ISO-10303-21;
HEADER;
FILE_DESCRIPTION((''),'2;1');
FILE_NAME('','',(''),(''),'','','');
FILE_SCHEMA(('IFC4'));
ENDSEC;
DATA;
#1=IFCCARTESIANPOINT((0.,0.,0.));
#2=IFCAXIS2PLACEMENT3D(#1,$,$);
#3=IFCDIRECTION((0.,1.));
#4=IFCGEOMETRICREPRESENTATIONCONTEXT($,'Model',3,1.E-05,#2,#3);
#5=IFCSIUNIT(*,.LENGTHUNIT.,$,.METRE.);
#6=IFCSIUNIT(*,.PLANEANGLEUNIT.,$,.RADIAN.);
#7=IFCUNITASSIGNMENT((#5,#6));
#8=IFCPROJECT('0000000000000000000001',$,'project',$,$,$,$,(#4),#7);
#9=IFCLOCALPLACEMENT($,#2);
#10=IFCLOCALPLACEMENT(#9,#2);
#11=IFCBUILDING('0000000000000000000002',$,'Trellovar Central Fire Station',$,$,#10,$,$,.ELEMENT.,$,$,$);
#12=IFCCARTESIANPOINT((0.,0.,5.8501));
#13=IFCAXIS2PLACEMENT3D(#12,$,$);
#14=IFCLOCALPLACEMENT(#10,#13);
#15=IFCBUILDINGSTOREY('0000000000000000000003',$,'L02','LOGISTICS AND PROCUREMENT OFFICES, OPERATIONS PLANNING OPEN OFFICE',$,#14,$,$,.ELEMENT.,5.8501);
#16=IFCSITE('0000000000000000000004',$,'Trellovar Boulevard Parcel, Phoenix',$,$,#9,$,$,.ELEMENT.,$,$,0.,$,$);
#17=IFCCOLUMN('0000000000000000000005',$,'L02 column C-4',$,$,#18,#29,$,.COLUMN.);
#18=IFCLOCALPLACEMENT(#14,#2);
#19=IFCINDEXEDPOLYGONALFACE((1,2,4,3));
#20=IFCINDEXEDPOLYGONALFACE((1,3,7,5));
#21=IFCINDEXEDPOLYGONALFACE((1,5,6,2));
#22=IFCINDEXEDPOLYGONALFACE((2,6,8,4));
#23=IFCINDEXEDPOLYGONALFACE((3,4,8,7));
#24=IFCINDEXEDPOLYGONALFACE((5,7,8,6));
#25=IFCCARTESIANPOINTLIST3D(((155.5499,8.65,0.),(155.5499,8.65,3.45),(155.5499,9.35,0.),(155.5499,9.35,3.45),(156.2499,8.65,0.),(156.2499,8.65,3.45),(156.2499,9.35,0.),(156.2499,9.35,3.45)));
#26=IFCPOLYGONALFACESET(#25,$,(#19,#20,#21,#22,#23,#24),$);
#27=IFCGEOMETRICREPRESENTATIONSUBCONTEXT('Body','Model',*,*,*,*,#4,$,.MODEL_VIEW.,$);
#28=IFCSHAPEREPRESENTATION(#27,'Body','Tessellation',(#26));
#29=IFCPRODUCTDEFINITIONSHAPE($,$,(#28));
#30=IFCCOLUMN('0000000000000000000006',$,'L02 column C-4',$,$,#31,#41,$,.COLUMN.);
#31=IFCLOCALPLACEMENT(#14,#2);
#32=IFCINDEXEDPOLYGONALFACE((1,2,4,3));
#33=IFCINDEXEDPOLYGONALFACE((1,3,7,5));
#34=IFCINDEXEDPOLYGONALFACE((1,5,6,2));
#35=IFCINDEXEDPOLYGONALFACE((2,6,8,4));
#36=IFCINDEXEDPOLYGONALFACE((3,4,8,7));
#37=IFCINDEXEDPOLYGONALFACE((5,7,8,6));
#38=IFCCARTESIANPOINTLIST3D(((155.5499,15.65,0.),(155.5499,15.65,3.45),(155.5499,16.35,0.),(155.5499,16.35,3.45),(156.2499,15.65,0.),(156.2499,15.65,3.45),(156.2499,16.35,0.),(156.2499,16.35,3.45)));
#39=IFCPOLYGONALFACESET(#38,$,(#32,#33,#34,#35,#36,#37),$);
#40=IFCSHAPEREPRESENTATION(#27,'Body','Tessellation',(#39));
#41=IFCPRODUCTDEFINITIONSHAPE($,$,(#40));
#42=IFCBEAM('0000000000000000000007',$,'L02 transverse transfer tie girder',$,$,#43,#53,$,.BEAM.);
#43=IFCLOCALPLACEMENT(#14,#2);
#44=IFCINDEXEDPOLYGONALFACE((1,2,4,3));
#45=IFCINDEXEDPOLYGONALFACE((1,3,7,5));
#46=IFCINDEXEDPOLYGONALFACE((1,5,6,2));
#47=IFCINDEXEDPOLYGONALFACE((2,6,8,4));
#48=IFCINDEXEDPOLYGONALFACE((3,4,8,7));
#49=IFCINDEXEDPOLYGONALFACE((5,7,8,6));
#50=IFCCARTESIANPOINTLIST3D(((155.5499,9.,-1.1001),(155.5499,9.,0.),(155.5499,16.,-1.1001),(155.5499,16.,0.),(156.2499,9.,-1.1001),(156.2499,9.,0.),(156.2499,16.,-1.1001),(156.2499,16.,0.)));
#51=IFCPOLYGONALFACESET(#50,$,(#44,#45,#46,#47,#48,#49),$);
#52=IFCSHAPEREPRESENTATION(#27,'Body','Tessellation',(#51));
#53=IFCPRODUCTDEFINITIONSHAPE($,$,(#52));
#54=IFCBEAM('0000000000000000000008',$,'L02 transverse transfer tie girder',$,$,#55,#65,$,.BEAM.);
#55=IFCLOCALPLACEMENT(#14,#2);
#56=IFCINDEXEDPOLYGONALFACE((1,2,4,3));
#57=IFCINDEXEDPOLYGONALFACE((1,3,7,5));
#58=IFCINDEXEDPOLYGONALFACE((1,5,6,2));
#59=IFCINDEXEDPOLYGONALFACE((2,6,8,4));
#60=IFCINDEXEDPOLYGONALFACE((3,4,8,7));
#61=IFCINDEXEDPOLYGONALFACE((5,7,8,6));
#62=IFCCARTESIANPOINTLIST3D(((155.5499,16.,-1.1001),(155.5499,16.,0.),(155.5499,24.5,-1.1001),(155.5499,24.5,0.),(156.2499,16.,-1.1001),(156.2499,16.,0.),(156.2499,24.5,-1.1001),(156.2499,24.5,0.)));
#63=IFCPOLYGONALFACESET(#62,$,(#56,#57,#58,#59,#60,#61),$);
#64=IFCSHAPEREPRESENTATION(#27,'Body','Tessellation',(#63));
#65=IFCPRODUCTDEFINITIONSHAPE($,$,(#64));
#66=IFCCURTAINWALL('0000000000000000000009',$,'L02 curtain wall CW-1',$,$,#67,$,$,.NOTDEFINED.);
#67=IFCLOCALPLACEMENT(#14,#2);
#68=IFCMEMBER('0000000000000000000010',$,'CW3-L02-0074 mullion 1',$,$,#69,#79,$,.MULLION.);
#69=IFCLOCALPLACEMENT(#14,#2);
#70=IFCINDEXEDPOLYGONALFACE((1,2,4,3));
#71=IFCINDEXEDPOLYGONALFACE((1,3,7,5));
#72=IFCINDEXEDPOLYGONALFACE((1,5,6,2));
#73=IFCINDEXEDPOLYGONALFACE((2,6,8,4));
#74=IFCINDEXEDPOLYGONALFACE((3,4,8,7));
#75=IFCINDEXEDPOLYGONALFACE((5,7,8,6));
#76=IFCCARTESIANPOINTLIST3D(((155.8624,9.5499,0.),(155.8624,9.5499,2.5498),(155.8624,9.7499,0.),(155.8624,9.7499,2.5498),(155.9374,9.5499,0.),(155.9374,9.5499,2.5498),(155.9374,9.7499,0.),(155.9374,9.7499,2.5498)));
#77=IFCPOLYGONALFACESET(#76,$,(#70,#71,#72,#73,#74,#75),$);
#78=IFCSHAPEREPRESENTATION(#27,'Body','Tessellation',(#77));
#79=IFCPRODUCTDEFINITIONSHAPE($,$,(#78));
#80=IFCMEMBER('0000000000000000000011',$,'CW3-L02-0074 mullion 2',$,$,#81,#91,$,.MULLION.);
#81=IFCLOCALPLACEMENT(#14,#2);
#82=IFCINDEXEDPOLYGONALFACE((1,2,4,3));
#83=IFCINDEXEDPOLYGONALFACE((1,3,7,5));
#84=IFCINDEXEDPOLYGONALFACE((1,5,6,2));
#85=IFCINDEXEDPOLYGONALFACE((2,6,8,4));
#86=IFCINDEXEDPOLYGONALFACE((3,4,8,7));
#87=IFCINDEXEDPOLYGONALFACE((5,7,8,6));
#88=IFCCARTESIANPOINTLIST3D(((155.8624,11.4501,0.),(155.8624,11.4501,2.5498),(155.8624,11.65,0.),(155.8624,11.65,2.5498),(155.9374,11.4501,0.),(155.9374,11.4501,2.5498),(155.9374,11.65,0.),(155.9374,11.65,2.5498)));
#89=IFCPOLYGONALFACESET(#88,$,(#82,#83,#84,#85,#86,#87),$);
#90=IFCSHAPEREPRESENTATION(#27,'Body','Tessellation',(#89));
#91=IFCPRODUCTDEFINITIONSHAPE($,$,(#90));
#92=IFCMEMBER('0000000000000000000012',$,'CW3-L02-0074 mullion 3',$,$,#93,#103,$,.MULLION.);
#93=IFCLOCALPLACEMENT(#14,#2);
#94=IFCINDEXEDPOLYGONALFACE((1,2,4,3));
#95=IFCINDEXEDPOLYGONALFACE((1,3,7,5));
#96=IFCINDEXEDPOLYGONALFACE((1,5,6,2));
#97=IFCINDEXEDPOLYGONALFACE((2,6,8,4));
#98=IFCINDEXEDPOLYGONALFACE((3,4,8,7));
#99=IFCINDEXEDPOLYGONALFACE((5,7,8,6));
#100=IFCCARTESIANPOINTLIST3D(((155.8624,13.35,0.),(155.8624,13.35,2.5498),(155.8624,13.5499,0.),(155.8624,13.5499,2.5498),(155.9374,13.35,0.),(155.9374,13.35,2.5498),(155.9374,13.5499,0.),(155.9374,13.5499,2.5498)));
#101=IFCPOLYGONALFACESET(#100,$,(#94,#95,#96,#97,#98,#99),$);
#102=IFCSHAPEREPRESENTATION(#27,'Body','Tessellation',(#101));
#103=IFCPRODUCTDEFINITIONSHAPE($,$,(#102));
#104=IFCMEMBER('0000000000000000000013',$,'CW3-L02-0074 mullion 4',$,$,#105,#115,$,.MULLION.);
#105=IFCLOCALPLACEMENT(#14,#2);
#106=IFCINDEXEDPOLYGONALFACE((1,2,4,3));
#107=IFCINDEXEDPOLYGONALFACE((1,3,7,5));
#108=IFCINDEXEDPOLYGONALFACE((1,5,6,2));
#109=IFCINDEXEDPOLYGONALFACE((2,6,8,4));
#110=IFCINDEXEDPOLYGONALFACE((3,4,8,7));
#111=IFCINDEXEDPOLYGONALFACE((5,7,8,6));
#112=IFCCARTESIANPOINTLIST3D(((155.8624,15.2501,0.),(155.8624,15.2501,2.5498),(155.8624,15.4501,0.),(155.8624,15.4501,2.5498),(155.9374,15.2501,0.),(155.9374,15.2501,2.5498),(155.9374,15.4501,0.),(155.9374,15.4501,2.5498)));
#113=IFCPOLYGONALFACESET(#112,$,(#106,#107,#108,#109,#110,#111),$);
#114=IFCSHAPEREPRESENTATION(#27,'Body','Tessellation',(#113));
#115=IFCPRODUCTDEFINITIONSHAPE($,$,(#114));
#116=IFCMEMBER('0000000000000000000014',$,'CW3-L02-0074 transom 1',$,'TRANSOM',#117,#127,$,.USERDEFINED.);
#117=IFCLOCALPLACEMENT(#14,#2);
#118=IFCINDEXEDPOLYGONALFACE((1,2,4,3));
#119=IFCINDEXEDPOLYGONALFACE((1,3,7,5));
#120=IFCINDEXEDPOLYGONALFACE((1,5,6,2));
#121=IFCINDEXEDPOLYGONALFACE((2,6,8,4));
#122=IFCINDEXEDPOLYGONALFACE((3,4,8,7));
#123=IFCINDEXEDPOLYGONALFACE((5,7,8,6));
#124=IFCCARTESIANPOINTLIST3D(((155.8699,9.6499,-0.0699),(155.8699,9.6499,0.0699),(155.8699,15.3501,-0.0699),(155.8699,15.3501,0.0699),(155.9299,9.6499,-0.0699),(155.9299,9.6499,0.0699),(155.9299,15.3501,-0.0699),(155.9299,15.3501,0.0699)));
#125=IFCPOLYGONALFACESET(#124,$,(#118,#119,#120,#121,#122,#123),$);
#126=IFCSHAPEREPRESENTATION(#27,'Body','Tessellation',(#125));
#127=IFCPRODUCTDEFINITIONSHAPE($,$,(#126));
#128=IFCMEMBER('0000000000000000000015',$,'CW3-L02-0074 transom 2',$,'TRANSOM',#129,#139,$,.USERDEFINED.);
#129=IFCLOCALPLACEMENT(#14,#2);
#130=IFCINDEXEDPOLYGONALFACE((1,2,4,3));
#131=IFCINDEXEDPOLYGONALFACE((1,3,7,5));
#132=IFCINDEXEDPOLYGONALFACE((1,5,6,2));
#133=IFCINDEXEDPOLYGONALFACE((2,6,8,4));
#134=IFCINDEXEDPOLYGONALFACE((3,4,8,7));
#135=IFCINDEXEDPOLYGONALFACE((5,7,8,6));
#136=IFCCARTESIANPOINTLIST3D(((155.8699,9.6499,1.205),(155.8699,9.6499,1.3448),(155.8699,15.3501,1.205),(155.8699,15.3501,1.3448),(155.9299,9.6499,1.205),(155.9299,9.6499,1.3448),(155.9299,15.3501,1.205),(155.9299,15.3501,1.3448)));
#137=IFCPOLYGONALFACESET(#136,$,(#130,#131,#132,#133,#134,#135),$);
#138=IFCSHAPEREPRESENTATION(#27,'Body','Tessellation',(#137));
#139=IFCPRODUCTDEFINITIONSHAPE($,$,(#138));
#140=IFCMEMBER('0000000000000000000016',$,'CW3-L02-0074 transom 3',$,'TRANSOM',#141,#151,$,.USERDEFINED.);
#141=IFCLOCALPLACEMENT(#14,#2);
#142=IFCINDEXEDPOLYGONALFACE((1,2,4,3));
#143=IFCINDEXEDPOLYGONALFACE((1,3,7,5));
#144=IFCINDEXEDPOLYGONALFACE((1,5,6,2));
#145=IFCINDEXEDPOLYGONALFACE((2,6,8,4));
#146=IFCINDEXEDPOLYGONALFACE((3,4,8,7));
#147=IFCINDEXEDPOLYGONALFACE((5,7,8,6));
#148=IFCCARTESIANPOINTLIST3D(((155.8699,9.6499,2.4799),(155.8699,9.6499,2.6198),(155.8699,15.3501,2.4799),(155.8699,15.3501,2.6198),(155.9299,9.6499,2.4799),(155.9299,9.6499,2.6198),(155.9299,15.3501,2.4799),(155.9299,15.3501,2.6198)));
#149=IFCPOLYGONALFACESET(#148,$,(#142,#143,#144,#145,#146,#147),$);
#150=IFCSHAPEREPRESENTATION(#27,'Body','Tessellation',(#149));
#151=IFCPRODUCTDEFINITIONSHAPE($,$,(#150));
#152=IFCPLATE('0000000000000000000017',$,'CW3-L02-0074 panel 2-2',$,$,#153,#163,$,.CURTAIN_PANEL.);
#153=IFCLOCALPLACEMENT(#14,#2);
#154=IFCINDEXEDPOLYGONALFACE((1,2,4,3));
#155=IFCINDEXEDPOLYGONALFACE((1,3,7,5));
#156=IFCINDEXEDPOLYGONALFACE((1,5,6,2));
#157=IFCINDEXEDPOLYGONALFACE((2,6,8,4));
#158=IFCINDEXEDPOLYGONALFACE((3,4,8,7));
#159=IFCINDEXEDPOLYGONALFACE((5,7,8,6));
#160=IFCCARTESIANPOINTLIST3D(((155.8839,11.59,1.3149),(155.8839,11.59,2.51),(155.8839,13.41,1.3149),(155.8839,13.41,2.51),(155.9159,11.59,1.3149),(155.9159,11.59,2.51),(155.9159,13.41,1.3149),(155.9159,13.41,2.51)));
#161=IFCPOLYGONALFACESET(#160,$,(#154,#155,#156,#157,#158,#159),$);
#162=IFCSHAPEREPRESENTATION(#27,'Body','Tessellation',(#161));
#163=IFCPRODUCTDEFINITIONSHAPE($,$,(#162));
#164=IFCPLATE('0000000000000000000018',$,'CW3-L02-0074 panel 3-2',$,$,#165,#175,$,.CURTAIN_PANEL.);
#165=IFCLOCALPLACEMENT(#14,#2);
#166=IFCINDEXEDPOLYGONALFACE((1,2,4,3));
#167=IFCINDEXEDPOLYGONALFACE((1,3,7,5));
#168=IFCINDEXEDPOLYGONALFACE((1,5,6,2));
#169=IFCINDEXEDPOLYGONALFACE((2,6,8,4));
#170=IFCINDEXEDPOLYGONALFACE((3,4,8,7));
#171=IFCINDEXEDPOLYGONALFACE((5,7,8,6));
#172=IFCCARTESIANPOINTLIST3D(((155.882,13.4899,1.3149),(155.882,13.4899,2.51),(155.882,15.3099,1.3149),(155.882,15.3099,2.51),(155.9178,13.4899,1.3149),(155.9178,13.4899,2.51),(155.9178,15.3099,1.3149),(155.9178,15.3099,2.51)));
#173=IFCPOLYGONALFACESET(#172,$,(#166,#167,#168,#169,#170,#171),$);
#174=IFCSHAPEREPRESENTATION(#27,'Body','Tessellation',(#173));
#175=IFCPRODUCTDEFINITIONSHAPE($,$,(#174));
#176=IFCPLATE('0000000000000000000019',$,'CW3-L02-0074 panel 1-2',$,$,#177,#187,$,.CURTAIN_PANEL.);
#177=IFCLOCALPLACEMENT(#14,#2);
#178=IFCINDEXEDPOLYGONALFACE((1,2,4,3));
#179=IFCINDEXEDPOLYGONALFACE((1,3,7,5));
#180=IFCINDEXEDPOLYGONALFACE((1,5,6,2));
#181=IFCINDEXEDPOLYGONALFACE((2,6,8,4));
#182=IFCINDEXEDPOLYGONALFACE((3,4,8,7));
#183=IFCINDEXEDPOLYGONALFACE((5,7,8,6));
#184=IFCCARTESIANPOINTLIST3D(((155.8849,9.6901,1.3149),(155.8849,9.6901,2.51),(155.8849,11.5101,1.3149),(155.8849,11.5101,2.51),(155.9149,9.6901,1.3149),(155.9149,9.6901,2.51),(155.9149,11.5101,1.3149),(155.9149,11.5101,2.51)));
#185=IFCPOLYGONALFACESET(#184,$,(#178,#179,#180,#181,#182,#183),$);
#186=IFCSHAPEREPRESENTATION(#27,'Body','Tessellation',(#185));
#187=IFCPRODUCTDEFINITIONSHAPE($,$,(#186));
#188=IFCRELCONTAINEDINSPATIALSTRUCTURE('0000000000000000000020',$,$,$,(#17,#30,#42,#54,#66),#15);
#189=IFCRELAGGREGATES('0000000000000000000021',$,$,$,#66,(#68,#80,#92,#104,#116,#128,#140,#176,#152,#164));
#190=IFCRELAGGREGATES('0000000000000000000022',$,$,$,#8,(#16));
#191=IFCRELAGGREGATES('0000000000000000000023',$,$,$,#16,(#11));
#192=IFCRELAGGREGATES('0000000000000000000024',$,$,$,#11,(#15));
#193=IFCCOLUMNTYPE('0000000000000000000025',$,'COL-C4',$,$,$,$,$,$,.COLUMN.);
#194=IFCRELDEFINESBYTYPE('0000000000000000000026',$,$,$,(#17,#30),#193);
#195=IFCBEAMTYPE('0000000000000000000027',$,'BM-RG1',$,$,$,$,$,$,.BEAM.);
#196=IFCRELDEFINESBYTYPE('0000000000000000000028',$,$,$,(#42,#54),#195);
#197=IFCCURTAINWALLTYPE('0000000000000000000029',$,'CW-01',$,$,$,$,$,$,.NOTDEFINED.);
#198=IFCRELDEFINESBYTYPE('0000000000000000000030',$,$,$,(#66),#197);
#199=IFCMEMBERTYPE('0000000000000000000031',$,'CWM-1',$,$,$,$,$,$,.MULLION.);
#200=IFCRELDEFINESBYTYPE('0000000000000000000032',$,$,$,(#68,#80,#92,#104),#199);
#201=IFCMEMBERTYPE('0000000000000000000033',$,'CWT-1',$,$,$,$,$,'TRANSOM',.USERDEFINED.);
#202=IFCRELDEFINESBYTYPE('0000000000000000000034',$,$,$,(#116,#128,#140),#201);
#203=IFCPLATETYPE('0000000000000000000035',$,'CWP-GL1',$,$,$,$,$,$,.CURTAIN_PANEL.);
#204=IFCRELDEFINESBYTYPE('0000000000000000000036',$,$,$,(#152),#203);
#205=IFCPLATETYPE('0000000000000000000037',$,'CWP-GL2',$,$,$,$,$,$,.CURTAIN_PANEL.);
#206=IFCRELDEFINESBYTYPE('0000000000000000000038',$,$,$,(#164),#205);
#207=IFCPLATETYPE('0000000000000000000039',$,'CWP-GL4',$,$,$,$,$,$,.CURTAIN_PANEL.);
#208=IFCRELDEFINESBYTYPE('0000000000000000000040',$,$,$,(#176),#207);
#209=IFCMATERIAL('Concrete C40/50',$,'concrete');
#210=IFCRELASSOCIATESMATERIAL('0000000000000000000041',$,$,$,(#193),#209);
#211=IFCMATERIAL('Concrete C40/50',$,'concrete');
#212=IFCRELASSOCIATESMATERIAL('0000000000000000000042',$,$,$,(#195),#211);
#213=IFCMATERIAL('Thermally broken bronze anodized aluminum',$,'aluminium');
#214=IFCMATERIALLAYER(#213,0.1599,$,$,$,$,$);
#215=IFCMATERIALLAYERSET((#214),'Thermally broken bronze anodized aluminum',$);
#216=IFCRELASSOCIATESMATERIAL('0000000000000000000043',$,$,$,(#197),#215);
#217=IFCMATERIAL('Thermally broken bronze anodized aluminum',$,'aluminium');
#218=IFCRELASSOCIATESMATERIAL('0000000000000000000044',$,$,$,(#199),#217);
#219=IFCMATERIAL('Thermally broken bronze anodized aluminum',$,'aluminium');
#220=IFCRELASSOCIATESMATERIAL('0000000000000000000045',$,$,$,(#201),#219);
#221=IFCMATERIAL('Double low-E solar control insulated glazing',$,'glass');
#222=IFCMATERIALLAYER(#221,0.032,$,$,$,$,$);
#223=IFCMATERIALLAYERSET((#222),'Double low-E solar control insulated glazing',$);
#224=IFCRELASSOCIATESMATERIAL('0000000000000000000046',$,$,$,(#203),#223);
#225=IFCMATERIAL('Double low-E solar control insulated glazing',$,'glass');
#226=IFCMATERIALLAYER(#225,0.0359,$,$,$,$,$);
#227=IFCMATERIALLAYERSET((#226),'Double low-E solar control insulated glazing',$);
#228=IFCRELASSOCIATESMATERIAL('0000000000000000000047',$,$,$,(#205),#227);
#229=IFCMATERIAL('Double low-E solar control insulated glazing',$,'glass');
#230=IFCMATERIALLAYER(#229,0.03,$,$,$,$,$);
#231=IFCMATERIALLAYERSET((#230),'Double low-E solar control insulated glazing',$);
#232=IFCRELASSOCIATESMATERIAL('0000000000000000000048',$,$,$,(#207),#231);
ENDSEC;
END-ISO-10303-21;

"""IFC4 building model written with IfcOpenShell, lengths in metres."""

from ifc_helpers import new_model, si_unit, direction, frame, origin, origin_2d, place, context, subcontext, project, spatial, rectangle, extrude, material, layer, layer_set, material_profile, profile_set, type_object, element, aggregate, save


model = new_model("IFC4")

# Units and contexts
model_context = context("Model", 3, precision=1e-05, world=origin(), true_north=direction((0.0, 1.0)))
body_context = subcontext(model_context, "Body", "Model", "MODEL_VIEW")
ifc_project = project(units=[si_unit("LENGTHUNIT", "METRE"), si_unit("PLANEANGLEUNIT", "RADIAN")], contexts=[model_context])

# Site, building, storey
site_placement = place(None, origin())
site = spatial("IfcSite", under=ifc_project, at=site_placement, Name="Trellovar Boulevard Parcel, Phoenix", CompositionType="ELEMENT", RefElevation=0.0)
building_placement = place(site_placement, origin())
building = spatial("IfcBuilding", under=site, at=building_placement, Name="Trellovar Central Fire Station", CompositionType="ELEMENT")
storey_placement = place(building_placement, frame((0.0, 0.0, 5.8501)))
storey = spatial("IfcBuildingStorey", under=building, at=storey_placement, Name="L02", Description="LOGISTICS AND PROCUREMENT OFFICES, OPERATIONS PLANNING OPEN OFFICE", CompositionType="ELEMENT", Elevation=5.8501)

# Columns
ifc_material_1 = material(Name="Concrete C40/50", Category="concrete")
ifc_material_profile_1 = material_profile(ifc_material_1, rectangle(XDim=0.7, YDim=0.7, at=origin_2d()), Name="RC700X700")
ifc_profile_set_1 = profile_set([ifc_material_profile_1], Name="Concrete C40/50")
column_type = type_object("IfcColumnType", Name="COL-C4", PredefinedType="COLUMN", material=ifc_profile_set_1)
for number, where, z_axis, x_axis, name in (
    (1, (155.8999, 9.0, 0.0), (0.0, 0.0, 1.0), (1.0, 0.0, 0.0), "L02 column C-4"),
    (2, (155.8999, 16.0, 0.0), (0.0, 0.0, 1.0), (1.0, 0.0, 0.0), "L02 column C-4"),
):
    element("IfcColumn", number, at=place(storey_placement, frame(where, z_axis=z_axis, x_axis=x_axis)), inside=storey, type_object=column_type, Name=name, PredefinedType="COLUMN", context=body_context, shape_type="SweptSolid", body=[
        extrude(rectangle(XDim=0.7, YDim=0.7, at=origin_2d()), origin(), (0.0, 0.0, 1.0), 3.45),
    ])

# Beams
ifc_material_2 = material(Name="Concrete C40/50", Category="concrete")
ifc_material_profile_2 = material_profile(ifc_material_2, rectangle(XDim=0.7, YDim=1.1001, at=origin_2d()), Name="RC700X1100")
ifc_profile_set_2 = profile_set([ifc_material_profile_2], Name="Concrete C40/50")
beam_type = type_object("IfcBeamType", Name="BM-RG1", PredefinedType="BEAM", material=ifc_profile_set_2)
beam_1_placement = place(storey_placement, frame((155.8999, 9.0, -0.55), z_axis=(0.0, 1.0, 0.0), x_axis=(-1.0, 0.0, 0.0)))
element("IfcBeam", 3, at=beam_1_placement, inside=storey, type_object=beam_type, Name="L02 transverse transfer tie girder", PredefinedType="BEAM", context=body_context, shape_type="SweptSolid", body=[
    extrude(rectangle(XDim=0.7, YDim=1.1001, at=origin_2d()), origin(), (0.0, 0.0, 1.0), 7.0),
])
beam_2_placement = place(storey_placement, frame((155.8999, 16.0, -0.55), z_axis=(0.0, 1.0, 0.0), x_axis=(-1.0, 0.0, 0.0)))
element("IfcBeam", 4, at=beam_2_placement, inside=storey, type_object=beam_type, Name="L02 transverse transfer tie girder", PredefinedType="BEAM", context=body_context, shape_type="SweptSolid", body=[
    extrude(rectangle(XDim=0.7, YDim=1.1001, at=origin_2d()), origin(), (0.0, 0.0, 1.0), 8.5),
])

# Curtain wall, members, plates
ifc_material_3 = material(Name="Thermally broken bronze anodized aluminum", Category="aluminium")
ifc_layer_1 = layer(ifc_material_3, 0.1599)
ifc_layer_set_1 = layer_set([ifc_layer_1], Name="Thermally broken bronze anodized aluminum")
curtain_wall_type = type_object("IfcCurtainWallType", Name="CW-01", PredefinedType="NOTDEFINED", material=ifc_layer_set_1)
curtain_wall_placement = place(storey_placement, origin())
curtain_wall = element("IfcCurtainWall", 5, at=curtain_wall_placement, inside=storey, type_object=curtain_wall_type, Name="L02 curtain wall CW-1", PredefinedType="NOTDEFINED")
ifc_material_4 = material(Name="Thermally broken bronze anodized aluminum", Category="aluminium")
ifc_material_profile_3 = material_profile(ifc_material_4, rectangle(XDim=0.075, YDim=0.2, at=origin_2d()), Name="ALU75X200")
ifc_profile_set_3 = profile_set([ifc_material_profile_3], Name="Thermally broken bronze anodized aluminum")
member_type_1 = type_object("IfcMemberType", Name="CWM-1", PredefinedType="MULLION", material=ifc_profile_set_3)
member_1_placement = place(storey_placement, frame((155.8999, 9.6499, 0.0), z_axis=(0.0, 0.0, 1.0), x_axis=(1.0, 0.0, 0.0)))
member_1 = element("IfcMember", 6, at=member_1_placement, type_object=member_type_1, Name="CW3-L02-0074 mullion 1", PredefinedType="MULLION", context=body_context, shape_type="SweptSolid", body=[
    extrude(rectangle(XDim=0.075, YDim=0.2, at=origin_2d()), origin(), (0.0, 0.0, 1.0), 2.5498),
])
member_2_placement = place(storey_placement, frame((155.8999, 11.55, 0.0), z_axis=(0.0, 0.0, 1.0), x_axis=(1.0, 0.0, 0.0)))
member_2 = element("IfcMember", 7, at=member_2_placement, type_object=member_type_1, Name="CW3-L02-0074 mullion 2", PredefinedType="MULLION", context=body_context, shape_type="SweptSolid", body=[
    extrude(rectangle(XDim=0.075, YDim=0.2, at=origin_2d()), origin(), (0.0, 0.0, 1.0), 2.5498),
])
member_3_placement = place(storey_placement, frame((155.8999, 13.45, 0.0), z_axis=(0.0, 0.0, 1.0), x_axis=(1.0, 0.0, 0.0)))
member_3 = element("IfcMember", 8, at=member_3_placement, type_object=member_type_1, Name="CW3-L02-0074 mullion 3", PredefinedType="MULLION", context=body_context, shape_type="SweptSolid", body=[
    extrude(rectangle(XDim=0.075, YDim=0.2, at=origin_2d()), origin(), (0.0, 0.0, 1.0), 2.5498),
])
member_4_placement = place(storey_placement, frame((155.8999, 15.3501, 0.0), z_axis=(0.0, 0.0, 1.0), x_axis=(1.0, 0.0, 0.0)))
member_4 = element("IfcMember", 9, at=member_4_placement, type_object=member_type_1, Name="CW3-L02-0074 mullion 4", PredefinedType="MULLION", context=body_context, shape_type="SweptSolid", body=[
    extrude(rectangle(XDim=0.075, YDim=0.2, at=origin_2d()), origin(), (0.0, 0.0, 1.0), 2.5498),
])
ifc_material_5 = material(Name="Thermally broken bronze anodized aluminum", Category="aluminium")
ifc_material_profile_4 = material_profile(ifc_material_5, rectangle(XDim=0.0601, YDim=0.1399, at=origin_2d()), Name="ALU60X140")
ifc_profile_set_4 = profile_set([ifc_material_profile_4], Name="Thermally broken bronze anodized aluminum")
member_type_2 = type_object("IfcMemberType", Name="CWT-1", ElementType="TRANSOM", PredefinedType="USERDEFINED", material=ifc_profile_set_4)
member_5_placement = place(storey_placement, frame((155.8999, 9.6499, 0.0), z_axis=(0.0, 1.0, 0.0), x_axis=(-1.0, 0.0, 0.0)))
member_5 = element("IfcMember", 10, at=member_5_placement, type_object=member_type_2, Name="CW3-L02-0074 transom 1", ObjectType="TRANSOM", PredefinedType="USERDEFINED", context=body_context, shape_type="SweptSolid", body=[
    extrude(rectangle(XDim=0.0601, YDim=0.1399, at=origin_2d()), origin(), (0.0, 0.0, 1.0), 5.7002),
])
member_6_placement = place(storey_placement, frame((155.8999, 9.6499, 1.2749), z_axis=(0.0, 1.0, 0.0), x_axis=(-1.0, 0.0, 0.0)))
member_6 = element("IfcMember", 11, at=member_6_placement, type_object=member_type_2, Name="CW3-L02-0074 transom 2", ObjectType="TRANSOM", PredefinedType="USERDEFINED", context=body_context, shape_type="SweptSolid", body=[
    extrude(rectangle(XDim=0.0601, YDim=0.1399, at=origin_2d()), origin(), (0.0, 0.0, 1.0), 5.7002),
])
member_7_placement = place(storey_placement, frame((155.8999, 9.6499, 2.5498), z_axis=(0.0, 1.0, 0.0), x_axis=(-1.0, 0.0, 0.0)))
member_7 = element("IfcMember", 12, at=member_7_placement, type_object=member_type_2, Name="CW3-L02-0074 transom 3", ObjectType="TRANSOM", PredefinedType="USERDEFINED", context=body_context, shape_type="SweptSolid", body=[
    extrude(rectangle(XDim=0.0601, YDim=0.1399, at=origin_2d()), origin(), (0.0, 0.0, 1.0), 5.7002),
])
ifc_material_6 = material(Name="Double low-E solar control insulated glazing", Category="glass")
ifc_layer_2 = layer(ifc_material_6, 0.032)
ifc_layer_set_2 = layer_set([ifc_layer_2], Name="Double low-E solar control insulated glazing")
plate_type_1 = type_object("IfcPlateType", Name="CWP-GL1", PredefinedType="CURTAIN_PANEL", material=ifc_layer_set_2)
plate_1_placement = place(storey_placement, frame((155.8999, 12.5, 1.3149), z_axis=(0.0, 0.0, 1.0), x_axis=(0.0, 1.0, 0.0)))
plate_1 = element("IfcPlate", 13, at=plate_1_placement, type_object=plate_type_1, Name="CW3-L02-0074 panel 2-2", PredefinedType="CURTAIN_PANEL", context=body_context, shape_type="SweptSolid", body=[
    extrude(rectangle(XDim=1.8201, YDim=0.032, at=origin_2d()), origin(), (0.0, 0.0, 1.0), 1.1951),
])
ifc_material_7 = material(Name="Double low-E solar control insulated glazing", Category="glass")
ifc_layer_3 = layer(ifc_material_7, 0.0359)
ifc_layer_set_3 = layer_set([ifc_layer_3], Name="Double low-E solar control insulated glazing")
plate_type_2 = type_object("IfcPlateType", Name="CWP-GL2", PredefinedType="CURTAIN_PANEL", material=ifc_layer_set_3)
plate_2_placement = place(storey_placement, frame((155.8999, 14.3999, 1.3149), z_axis=(0.0, 0.0, 1.0), x_axis=(0.0, 1.0, 0.0)))
plate_2 = element("IfcPlate", 14, at=plate_2_placement, type_object=plate_type_2, Name="CW3-L02-0074 panel 3-2", PredefinedType="CURTAIN_PANEL", context=body_context, shape_type="SweptSolid", body=[
    extrude(rectangle(XDim=1.8201, YDim=0.0359, at=origin_2d()), origin(), (0.0, 0.0, 1.0), 1.1951),
])
ifc_material_8 = material(Name="Double low-E solar control insulated glazing", Category="glass")
ifc_layer_4 = layer(ifc_material_8, 0.03)
ifc_layer_set_4 = layer_set([ifc_layer_4], Name="Double low-E solar control insulated glazing")
plate_type_3 = type_object("IfcPlateType", Name="CWP-GL4", PredefinedType="CURTAIN_PANEL", material=ifc_layer_set_4)
plate_3_placement = place(storey_placement, frame((155.8999, 10.6001, 1.3149), z_axis=(0.0, 0.0, 1.0), x_axis=(0.0, 1.0, 0.0)))
plate_3 = element("IfcPlate", 15, at=plate_3_placement, type_object=plate_type_3, Name="CW3-L02-0074 panel 1-2", PredefinedType="CURTAIN_PANEL", context=body_context, shape_type="SweptSolid", body=[
    extrude(rectangle(XDim=1.8201, YDim=0.03, at=origin_2d()), origin(), (0.0, 0.0, 1.0), 1.1951),
])
aggregate(curtain_wall, [member_1, member_2, member_3, member_4, member_5, member_6, member_7, plate_3, plate_1, plate_2])

save(model, "model.ifc")
